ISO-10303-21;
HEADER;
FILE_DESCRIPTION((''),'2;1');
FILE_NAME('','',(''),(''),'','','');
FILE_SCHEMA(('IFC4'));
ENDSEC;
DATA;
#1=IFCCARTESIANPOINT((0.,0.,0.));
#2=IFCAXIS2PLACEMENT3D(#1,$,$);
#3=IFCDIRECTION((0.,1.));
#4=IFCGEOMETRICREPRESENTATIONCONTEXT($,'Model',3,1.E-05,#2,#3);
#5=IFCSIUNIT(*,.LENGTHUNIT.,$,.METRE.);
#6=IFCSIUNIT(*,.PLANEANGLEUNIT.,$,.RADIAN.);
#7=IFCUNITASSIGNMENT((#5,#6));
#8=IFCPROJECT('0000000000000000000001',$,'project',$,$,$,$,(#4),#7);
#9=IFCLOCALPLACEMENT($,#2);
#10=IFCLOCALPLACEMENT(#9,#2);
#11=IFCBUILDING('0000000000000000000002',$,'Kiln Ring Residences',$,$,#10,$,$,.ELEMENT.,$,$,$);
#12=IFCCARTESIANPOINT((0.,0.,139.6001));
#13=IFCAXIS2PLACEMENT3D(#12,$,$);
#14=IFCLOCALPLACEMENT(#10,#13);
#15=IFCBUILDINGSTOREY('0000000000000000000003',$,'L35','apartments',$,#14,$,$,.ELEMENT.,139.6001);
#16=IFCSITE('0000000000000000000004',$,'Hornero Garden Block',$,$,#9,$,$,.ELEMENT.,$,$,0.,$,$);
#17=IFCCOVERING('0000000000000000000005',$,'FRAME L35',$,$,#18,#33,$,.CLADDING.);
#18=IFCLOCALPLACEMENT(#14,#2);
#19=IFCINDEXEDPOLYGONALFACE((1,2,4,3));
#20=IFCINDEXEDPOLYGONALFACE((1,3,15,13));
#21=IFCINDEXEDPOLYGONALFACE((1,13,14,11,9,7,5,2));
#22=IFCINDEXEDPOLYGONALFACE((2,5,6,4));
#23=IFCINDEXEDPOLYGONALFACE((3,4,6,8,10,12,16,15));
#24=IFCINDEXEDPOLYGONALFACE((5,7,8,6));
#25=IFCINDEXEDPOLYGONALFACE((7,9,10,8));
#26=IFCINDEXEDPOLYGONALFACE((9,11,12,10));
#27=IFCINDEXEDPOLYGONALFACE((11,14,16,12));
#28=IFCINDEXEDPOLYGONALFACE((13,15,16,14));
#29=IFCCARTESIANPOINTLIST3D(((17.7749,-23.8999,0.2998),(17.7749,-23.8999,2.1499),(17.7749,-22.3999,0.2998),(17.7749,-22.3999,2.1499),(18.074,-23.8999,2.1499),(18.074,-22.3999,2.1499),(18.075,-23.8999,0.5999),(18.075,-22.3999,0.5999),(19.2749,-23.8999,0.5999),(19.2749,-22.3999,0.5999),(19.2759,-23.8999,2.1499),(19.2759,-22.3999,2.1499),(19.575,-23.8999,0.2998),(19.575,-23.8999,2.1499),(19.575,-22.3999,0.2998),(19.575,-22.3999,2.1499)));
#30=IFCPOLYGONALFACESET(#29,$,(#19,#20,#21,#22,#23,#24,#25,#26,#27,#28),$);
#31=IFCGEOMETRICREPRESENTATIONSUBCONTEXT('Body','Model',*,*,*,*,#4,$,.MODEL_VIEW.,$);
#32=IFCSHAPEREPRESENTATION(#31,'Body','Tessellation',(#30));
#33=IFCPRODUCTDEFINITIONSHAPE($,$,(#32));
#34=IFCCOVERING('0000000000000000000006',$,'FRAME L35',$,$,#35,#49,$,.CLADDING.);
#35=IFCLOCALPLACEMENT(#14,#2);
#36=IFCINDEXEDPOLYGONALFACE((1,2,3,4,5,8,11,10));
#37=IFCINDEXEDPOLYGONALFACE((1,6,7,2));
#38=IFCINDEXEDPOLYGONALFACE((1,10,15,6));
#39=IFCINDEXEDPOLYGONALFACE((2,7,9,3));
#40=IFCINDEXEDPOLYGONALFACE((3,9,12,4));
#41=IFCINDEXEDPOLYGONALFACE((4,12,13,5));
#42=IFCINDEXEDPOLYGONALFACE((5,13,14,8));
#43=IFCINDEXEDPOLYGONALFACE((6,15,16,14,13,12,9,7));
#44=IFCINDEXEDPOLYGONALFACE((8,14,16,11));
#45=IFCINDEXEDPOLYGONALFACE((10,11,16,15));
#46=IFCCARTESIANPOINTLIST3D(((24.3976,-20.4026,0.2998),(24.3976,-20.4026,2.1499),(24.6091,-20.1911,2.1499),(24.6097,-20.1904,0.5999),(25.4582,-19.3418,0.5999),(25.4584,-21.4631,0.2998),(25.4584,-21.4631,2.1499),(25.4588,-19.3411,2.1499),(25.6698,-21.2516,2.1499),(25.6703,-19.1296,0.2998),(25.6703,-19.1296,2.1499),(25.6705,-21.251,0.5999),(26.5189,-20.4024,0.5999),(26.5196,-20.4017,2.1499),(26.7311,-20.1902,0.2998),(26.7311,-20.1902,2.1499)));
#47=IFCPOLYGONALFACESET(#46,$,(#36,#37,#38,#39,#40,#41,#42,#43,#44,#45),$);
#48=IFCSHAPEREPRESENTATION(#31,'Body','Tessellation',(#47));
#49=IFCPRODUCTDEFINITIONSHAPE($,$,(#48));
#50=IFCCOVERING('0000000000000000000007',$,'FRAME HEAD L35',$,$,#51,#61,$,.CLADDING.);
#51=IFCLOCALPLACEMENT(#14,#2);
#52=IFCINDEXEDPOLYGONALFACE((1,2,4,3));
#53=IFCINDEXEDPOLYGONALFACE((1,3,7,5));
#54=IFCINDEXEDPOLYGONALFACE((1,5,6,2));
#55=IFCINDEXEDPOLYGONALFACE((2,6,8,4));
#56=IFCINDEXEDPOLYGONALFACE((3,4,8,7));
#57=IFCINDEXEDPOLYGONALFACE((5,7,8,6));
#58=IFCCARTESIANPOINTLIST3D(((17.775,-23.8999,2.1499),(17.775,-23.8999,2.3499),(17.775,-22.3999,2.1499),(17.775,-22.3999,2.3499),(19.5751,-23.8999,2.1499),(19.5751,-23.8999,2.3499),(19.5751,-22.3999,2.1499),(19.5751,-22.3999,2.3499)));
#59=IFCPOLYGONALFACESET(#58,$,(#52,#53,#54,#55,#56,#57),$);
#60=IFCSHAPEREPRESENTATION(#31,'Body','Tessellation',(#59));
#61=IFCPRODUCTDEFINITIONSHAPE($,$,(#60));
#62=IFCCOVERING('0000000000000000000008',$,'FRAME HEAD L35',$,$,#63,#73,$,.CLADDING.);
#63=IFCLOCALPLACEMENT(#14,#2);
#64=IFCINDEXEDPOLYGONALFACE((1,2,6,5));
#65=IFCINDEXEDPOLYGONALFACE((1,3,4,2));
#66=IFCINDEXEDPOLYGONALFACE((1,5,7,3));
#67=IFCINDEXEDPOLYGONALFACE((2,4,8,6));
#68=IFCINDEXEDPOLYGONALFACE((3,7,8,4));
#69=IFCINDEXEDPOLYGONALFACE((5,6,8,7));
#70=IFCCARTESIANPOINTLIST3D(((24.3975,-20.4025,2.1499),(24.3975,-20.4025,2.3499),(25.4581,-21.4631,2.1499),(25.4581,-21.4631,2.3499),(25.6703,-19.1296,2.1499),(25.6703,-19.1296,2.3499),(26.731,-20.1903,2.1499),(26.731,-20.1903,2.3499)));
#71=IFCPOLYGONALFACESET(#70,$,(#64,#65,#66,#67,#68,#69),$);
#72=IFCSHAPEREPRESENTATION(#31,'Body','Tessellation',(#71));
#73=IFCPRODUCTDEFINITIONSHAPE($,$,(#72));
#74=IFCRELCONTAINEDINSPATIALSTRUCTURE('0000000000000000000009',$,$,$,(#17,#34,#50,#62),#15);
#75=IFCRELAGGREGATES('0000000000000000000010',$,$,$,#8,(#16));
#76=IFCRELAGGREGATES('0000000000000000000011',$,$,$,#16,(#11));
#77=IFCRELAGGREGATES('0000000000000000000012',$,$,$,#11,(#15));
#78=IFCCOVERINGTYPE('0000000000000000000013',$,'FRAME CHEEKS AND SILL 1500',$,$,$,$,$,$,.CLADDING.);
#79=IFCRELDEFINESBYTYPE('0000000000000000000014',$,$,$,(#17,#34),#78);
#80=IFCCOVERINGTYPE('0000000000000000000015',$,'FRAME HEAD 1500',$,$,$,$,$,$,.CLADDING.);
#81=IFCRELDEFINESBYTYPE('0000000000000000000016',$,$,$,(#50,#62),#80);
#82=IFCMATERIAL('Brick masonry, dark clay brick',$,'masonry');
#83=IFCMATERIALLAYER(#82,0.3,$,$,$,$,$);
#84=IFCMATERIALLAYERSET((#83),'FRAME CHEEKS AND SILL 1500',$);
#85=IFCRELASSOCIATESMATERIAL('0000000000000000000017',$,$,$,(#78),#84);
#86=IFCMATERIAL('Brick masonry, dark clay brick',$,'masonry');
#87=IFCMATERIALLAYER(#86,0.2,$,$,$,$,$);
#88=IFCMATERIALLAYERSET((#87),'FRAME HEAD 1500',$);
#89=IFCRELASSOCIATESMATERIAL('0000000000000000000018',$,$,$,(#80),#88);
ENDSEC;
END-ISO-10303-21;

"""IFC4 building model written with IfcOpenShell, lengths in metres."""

from ifc_helpers import new_model, si_unit, direction, frame, origin, origin_2d, place, context, subcontext, project, spatial, polyline, rectangle, outline, extrude, material, layer, layer_set, type_object, element, save


model = new_model("IFC4")

# Units and contexts
model_context = context("Model", 3, precision=1e-05, world=origin(), true_north=direction((0.0, 1.0)))
body_context = subcontext(model_context, "Body", "Model", "MODEL_VIEW")
ifc_project = project(units=[si_unit("LENGTHUNIT", "METRE"), si_unit("PLANEANGLEUNIT", "RADIAN")], contexts=[model_context])

# Site, building, storey
site_placement = place(None, origin())
site = spatial("IfcSite", under=ifc_project, at=site_placement, Name="Hornero Garden Block", CompositionType="ELEMENT", RefElevation=0.0)
building_placement = place(site_placement, origin())
building = spatial("IfcBuilding", under=site, at=building_placement, Name="Kiln Ring Residences", CompositionType="ELEMENT")
storey_placement = place(building_placement, frame((0.0, 0.0, 139.6001)))
storey = spatial("IfcBuildingStorey", under=building, at=storey_placement, Name="L35", Description="apartments", CompositionType="ELEMENT", Elevation=139.6001)

# Coverings
ifc_material_1 = material(Name="Brick masonry, dark clay brick", Category="masonry")
ifc_layer_1 = layer(ifc_material_1, 0.3)
ifc_layer_set_1 = layer_set([ifc_layer_1], Name="FRAME CHEEKS AND SILL 1500")
covering_type_1 = type_object("IfcCoveringType", Name="FRAME CHEEKS AND SILL 1500", PredefinedType="CLADDING", material=ifc_layer_set_1)
for number, where, z_axis, x_axis, name in (
    (1, (17.7749, -23.1499, 0.2998), (0.0, 0.0, 1.0), (1.0, 0.0, 0.0), "FRAME L35"),
    (2, (24.928, -20.9329, 0.2998), (0.0, 0.0, 1.0), (0.707039, 0.707175, 0.0), "FRAME L35"),
):
    element("IfcCovering", number, at=place(storey_placement, frame(where, z_axis=z_axis, x_axis=x_axis)), inside=storey, type_object=covering_type_1, Name=name, PredefinedType="CLADDING", context=body_context, shape_type="SweptSolid", body=[
        extrude(outline(polyline([(0.0, 0.0), (1.8, 0.0), (1.8, 1.8501), (1.501, 1.8501), (1.5, 0.3), (0.3, 0.3), (0.2991, 1.8501), (0.0, 1.8501), (0.0, 0.0)])), frame((0.0, 0.75, 0.0), z_axis=(0.0, -1.0, 0.0), x_axis=(1.0, 0.0, 0.0)), (0.0, 0.0, 1.0), 1.5),
    ])
ifc_material_2 = material(Name="Brick masonry, dark clay brick", Category="masonry")
ifc_layer_2 = layer(ifc_material_2, 0.2)
ifc_layer_set_2 = layer_set([ifc_layer_2], Name="FRAME HEAD 1500")
covering_type_2 = type_object("IfcCoveringType", Name="FRAME HEAD 1500", PredefinedType="CLADDING", material=ifc_layer_set_2)
for number, where, z_axis, x_axis, name in (
    (3, (18.675, -23.1499, 2.1499), (0.0, 0.0, 1.0), (1.0, 0.0, 0.0), "FRAME HEAD L35"),
    (4, (25.5642, -20.2964, 2.1499), (0.0, 0.0, 1.0), (0.707107, 0.707107, 0.0), "FRAME HEAD L35"),
):
    element("IfcCovering", number, at=place(storey_placement, frame(where, z_axis=z_axis, x_axis=x_axis)), inside=storey, type_object=covering_type_2, Name=name, PredefinedType="CLADDING", context=body_context, shape_type="SweptSolid", body=[
        extrude(rectangle(XDim=1.8, YDim=1.5, at=origin_2d()), origin(), (0.0, 0.0, 1.0), 0.2),
    ])

save(model, "model.ifc")
